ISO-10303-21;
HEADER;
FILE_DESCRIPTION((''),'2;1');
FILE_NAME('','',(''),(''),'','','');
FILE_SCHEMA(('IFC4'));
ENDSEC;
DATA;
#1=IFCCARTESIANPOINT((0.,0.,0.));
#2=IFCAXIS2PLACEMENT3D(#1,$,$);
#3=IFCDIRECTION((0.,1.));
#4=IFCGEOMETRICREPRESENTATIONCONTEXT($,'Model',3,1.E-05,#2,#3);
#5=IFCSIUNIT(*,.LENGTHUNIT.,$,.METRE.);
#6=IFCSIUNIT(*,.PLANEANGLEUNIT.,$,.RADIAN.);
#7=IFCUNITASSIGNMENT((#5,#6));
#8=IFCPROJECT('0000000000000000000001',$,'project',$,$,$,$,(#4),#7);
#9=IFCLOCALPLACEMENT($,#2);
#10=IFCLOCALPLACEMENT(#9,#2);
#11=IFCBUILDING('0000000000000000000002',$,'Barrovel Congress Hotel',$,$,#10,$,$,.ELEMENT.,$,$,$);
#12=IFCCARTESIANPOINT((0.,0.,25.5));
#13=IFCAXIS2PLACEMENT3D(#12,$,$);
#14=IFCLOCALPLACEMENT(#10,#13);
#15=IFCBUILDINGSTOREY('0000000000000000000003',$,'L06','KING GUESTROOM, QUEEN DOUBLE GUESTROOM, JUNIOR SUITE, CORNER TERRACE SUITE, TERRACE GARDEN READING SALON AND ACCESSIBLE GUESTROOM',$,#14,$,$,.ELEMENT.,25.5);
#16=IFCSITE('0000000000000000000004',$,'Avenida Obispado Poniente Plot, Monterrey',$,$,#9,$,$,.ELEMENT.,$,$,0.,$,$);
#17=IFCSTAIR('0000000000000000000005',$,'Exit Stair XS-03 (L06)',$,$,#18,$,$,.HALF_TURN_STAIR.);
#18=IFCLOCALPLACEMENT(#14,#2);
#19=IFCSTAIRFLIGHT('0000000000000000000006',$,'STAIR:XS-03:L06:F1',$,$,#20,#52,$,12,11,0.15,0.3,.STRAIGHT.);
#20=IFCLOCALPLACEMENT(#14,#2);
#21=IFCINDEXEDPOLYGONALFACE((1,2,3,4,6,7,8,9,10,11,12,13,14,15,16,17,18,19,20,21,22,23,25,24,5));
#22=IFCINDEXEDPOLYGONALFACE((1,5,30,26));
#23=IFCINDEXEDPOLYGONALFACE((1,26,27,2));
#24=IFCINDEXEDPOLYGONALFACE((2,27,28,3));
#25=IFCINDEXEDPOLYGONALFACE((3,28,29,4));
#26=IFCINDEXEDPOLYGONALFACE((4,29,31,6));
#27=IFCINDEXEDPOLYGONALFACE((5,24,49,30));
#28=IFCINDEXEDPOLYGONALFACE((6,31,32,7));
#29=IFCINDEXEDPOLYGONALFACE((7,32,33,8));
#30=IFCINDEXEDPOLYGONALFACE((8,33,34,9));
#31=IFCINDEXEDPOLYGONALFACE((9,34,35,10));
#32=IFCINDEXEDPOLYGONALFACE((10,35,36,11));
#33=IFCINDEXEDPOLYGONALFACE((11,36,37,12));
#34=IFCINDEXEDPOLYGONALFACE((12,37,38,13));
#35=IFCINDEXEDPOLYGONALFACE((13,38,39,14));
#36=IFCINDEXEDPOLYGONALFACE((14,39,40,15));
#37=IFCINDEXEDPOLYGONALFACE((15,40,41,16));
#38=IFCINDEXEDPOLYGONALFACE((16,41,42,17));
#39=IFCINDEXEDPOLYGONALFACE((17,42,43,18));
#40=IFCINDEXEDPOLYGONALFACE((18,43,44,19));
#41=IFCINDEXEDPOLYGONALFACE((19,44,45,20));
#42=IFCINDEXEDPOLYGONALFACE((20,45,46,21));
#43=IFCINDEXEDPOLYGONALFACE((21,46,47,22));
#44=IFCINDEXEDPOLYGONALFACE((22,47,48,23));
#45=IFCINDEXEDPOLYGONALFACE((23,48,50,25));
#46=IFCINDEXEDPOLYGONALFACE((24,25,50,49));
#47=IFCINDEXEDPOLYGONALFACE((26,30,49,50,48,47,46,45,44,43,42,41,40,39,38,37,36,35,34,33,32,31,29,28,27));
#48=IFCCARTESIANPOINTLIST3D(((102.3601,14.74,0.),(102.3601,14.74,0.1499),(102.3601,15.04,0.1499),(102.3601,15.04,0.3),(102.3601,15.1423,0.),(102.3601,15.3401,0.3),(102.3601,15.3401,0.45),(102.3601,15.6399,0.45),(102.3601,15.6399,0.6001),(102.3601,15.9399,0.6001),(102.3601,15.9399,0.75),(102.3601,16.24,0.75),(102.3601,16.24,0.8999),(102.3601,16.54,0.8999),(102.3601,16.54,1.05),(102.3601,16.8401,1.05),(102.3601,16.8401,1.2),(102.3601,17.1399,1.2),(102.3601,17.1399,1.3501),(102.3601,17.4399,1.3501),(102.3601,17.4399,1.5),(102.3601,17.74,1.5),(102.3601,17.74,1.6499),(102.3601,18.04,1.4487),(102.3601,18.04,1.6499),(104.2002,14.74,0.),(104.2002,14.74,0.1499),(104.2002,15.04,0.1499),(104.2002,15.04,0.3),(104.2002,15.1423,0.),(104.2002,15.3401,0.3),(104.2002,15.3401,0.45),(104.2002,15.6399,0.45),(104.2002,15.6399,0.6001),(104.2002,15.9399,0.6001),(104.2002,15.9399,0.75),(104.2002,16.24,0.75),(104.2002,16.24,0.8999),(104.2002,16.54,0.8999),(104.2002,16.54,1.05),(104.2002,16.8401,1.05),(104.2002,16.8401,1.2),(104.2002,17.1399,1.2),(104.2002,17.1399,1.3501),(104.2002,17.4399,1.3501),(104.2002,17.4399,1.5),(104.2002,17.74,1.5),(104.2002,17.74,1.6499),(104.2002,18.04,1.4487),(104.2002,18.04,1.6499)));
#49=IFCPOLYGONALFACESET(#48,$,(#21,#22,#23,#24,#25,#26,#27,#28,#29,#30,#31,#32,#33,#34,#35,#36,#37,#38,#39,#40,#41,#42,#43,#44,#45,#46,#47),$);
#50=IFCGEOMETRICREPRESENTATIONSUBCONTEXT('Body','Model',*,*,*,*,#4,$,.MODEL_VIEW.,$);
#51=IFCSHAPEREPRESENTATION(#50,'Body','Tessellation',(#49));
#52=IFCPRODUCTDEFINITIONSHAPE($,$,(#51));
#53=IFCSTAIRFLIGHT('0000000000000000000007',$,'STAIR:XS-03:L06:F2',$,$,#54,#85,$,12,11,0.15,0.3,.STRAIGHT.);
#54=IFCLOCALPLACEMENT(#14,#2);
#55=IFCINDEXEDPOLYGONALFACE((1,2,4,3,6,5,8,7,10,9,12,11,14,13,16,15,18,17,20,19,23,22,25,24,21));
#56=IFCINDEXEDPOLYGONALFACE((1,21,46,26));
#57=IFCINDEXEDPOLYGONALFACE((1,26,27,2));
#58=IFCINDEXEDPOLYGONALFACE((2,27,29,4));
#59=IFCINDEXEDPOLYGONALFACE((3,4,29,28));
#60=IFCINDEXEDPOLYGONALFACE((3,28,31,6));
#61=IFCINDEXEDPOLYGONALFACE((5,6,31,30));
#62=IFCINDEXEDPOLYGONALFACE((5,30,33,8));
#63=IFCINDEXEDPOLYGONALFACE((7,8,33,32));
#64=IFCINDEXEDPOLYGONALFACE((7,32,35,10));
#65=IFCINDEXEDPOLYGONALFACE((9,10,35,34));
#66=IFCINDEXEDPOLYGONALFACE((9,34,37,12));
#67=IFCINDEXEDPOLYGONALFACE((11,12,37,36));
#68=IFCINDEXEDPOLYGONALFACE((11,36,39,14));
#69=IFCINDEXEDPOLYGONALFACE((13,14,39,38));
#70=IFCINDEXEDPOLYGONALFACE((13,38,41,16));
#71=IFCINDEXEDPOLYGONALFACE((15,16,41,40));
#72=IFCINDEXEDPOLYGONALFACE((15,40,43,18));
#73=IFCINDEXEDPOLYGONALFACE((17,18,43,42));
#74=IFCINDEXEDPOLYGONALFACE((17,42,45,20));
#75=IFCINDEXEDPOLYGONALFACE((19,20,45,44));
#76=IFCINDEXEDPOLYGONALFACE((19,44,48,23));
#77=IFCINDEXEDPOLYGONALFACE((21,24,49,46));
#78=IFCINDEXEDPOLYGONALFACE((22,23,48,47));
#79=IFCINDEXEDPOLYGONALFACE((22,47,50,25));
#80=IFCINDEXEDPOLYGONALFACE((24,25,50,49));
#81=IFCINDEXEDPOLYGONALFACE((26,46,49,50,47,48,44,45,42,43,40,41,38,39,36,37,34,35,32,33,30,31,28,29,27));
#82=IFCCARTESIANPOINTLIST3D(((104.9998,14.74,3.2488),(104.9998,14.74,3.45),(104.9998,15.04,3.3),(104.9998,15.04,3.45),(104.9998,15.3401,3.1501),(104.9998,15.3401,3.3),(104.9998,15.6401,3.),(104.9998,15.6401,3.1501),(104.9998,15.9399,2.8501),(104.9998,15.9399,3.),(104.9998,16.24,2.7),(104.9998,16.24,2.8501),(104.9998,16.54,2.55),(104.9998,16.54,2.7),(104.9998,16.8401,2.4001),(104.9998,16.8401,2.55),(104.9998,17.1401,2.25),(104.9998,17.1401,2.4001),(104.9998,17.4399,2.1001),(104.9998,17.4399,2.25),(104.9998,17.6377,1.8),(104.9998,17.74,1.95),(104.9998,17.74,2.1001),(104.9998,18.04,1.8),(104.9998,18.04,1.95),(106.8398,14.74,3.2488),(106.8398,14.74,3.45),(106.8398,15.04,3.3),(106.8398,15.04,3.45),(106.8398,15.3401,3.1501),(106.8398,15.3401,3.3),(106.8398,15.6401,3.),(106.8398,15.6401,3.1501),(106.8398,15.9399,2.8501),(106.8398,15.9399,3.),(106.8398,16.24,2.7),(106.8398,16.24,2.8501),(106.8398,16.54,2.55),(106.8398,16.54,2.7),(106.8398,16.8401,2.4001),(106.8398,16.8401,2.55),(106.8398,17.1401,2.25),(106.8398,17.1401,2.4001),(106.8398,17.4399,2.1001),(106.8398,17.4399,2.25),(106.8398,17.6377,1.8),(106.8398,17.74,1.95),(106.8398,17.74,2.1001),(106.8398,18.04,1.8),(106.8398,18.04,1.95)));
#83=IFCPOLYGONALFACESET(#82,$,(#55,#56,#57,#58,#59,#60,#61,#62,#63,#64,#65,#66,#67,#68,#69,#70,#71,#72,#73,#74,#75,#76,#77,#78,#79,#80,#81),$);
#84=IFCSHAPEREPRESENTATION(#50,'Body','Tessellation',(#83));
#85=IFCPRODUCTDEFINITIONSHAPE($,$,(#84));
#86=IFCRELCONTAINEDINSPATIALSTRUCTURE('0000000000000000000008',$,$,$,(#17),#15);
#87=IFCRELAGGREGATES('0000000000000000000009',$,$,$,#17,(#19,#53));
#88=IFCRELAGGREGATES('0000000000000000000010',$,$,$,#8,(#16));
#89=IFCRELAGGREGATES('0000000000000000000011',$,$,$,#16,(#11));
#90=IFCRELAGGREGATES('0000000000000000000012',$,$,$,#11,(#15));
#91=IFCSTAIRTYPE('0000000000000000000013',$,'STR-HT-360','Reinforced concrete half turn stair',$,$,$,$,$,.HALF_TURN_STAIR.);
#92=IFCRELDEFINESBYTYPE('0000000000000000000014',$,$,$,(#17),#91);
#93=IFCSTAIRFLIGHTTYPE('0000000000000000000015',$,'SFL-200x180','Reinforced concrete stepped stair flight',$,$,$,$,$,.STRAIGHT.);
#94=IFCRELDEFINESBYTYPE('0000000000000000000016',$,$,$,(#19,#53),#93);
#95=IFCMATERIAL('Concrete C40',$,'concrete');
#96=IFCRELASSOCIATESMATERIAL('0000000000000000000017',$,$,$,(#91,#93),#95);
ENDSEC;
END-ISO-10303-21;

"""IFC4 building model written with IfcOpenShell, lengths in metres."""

from ifc_helpers import new_model, si_unit, direction, frame, origin, place, context, subcontext, project, spatial, polyline, outline, extrude, material, type_object, element, aggregate, save


model = new_model("IFC4")

# Units and contexts
model_context = context("Model", 3, precision=1e-05, world=origin(), true_north=direction((0.0, 1.0)))
body_context = subcontext(model_context, "Body", "Model", "MODEL_VIEW")
ifc_project = project(units=[si_unit("LENGTHUNIT", "METRE"), si_unit("PLANEANGLEUNIT", "RADIAN")], contexts=[model_context])

# Site, building, storey
site_placement = place(None, origin())
site = spatial("IfcSite", under=ifc_project, at=site_placement, Name="Avenida Obispado Poniente Plot, Monterrey", CompositionType="ELEMENT", RefElevation=0.0)
building_placement = place(site_placement, origin())
building = spatial("IfcBuilding", under=site, at=building_placement, Name="Barrovel Congress Hotel", CompositionType="ELEMENT")
storey_placement = place(building_placement, frame((0.0, 0.0, 25.5)))
storey = spatial("IfcBuildingStorey", under=building, at=storey_placement, Name="L06", Description="KING GUESTROOM, QUEEN DOUBLE GUESTROOM, JUNIOR SUITE, CORNER TERRACE SUITE, TERRACE GARDEN READING SALON AND ACCESSIBLE GUESTROOM", CompositionType="ELEMENT", Elevation=25.5)

# Shared definitions
ifc_material_1 = material(Name="Concrete C40", Category="concrete")

# Stair, stair flights
stair_type = type_object("IfcStairType", Name="STR-HT-360", Description="Reinforced concrete half turn stair", PredefinedType="HALF_TURN_STAIR", material=ifc_material_1)
stair_placement = place(storey_placement, origin())
stair = element("IfcStair", 1, at=stair_placement, inside=storey, type_object=stair_type, Name="Exit Stair XS-03 (L06)", PredefinedType="HALF_TURN_STAIR")
stair_flight_type = type_object("IfcStairFlightType", Name="SFL-200x180", Description="Reinforced concrete stepped stair flight", PredefinedType="STRAIGHT", material=ifc_material_1)
stair_flight_1_placement = place(storey_placement, frame((103.28, 14.74, 0.0), z_axis=(0.0, 0.0, 1.0), x_axis=(0.0, 1.0, 0.0)))
stair_flight_1 = element("IfcStairFlight", 2, at=stair_flight_1_placement, type_object=stair_flight_type, Name="STAIR:XS-03:L06:F1", NumberOfRisers=12, NumberOfTreads=11, PredefinedType="STRAIGHT", RiserHeight=0.15, TreadLength=0.3, context=body_context, shape_type="SweptSolid", body=[
    extrude(outline(polyline([(0.0, 0.0), (0.0, 0.1499), (0.3, 0.1499), (0.3, 0.3), (0.6001, 0.3), (0.6001, 0.45), (0.8999, 0.45), (0.8999, 0.6001), (1.2, 0.6001), (1.2, 0.75), (1.5, 0.75), (1.5, 0.8999), (1.8, 0.8999), (1.8, 1.05), (2.1001, 1.05), (2.1001, 1.2), (2.3999, 1.2), (2.3999, 1.3501), (2.7, 1.3501), (2.7, 1.5), (3.0, 1.5), (3.0, 1.6499), (3.3, 1.6499), (3.3, 1.8), (3.3, 1.4487), (0.4023, 0.0), (0.0, 0.0)])), frame((0.0, 0.9199, 0.0), z_axis=(0.0, -1.0, 0.0), x_axis=(1.0, 0.0, 0.0)), (0.0, 0.0, 1.0), 1.8401),
])
stair_flight_2_placement = place(storey_placement, frame((105.9199, 18.04, 1.8), z_axis=(0.0, 0.0, 1.0), x_axis=(0.0, -1.0, 0.0)))
stair_flight_2 = element("IfcStairFlight", 3, at=stair_flight_2_placement, type_object=stair_flight_type, Name="STAIR:XS-03:L06:F2", NumberOfRisers=12, NumberOfTreads=11, PredefinedType="STRAIGHT", RiserHeight=0.15, TreadLength=0.3, context=body_context, shape_type="SweptSolid", body=[
    extrude(outline(polyline([(0.0, 0.0), (0.0, 0.1499), (0.3, 0.1499), (0.3, 0.3), (0.6001, 0.3), (0.6001, 0.45), (0.8999, 0.45), (0.8999, 0.6001), (1.2, 0.6001), (1.2, 0.75), (1.5, 0.75), (1.5, 0.8999), (1.8, 0.8999), (1.8, 1.05), (2.1001, 1.05), (2.1001, 1.2), (2.3999, 1.2), (2.3999, 1.3501), (2.7, 1.3501), (2.7, 1.5), (3.0, 1.5), (3.0, 1.6499), (3.3, 1.6499), (3.3, 1.8), (3.3, 1.4487), (0.4023, 0.0), (0.0, 0.0)])), frame((0.0, 0.9199, 0.0), z_axis=(0.0, -1.0, 0.0), x_axis=(1.0, 0.0, 0.0)), (0.0, 0.0, 1.0), 1.8401),
])
aggregate(stair, [stair_flight_1, stair_flight_2])

save(model, "model.ifc")
